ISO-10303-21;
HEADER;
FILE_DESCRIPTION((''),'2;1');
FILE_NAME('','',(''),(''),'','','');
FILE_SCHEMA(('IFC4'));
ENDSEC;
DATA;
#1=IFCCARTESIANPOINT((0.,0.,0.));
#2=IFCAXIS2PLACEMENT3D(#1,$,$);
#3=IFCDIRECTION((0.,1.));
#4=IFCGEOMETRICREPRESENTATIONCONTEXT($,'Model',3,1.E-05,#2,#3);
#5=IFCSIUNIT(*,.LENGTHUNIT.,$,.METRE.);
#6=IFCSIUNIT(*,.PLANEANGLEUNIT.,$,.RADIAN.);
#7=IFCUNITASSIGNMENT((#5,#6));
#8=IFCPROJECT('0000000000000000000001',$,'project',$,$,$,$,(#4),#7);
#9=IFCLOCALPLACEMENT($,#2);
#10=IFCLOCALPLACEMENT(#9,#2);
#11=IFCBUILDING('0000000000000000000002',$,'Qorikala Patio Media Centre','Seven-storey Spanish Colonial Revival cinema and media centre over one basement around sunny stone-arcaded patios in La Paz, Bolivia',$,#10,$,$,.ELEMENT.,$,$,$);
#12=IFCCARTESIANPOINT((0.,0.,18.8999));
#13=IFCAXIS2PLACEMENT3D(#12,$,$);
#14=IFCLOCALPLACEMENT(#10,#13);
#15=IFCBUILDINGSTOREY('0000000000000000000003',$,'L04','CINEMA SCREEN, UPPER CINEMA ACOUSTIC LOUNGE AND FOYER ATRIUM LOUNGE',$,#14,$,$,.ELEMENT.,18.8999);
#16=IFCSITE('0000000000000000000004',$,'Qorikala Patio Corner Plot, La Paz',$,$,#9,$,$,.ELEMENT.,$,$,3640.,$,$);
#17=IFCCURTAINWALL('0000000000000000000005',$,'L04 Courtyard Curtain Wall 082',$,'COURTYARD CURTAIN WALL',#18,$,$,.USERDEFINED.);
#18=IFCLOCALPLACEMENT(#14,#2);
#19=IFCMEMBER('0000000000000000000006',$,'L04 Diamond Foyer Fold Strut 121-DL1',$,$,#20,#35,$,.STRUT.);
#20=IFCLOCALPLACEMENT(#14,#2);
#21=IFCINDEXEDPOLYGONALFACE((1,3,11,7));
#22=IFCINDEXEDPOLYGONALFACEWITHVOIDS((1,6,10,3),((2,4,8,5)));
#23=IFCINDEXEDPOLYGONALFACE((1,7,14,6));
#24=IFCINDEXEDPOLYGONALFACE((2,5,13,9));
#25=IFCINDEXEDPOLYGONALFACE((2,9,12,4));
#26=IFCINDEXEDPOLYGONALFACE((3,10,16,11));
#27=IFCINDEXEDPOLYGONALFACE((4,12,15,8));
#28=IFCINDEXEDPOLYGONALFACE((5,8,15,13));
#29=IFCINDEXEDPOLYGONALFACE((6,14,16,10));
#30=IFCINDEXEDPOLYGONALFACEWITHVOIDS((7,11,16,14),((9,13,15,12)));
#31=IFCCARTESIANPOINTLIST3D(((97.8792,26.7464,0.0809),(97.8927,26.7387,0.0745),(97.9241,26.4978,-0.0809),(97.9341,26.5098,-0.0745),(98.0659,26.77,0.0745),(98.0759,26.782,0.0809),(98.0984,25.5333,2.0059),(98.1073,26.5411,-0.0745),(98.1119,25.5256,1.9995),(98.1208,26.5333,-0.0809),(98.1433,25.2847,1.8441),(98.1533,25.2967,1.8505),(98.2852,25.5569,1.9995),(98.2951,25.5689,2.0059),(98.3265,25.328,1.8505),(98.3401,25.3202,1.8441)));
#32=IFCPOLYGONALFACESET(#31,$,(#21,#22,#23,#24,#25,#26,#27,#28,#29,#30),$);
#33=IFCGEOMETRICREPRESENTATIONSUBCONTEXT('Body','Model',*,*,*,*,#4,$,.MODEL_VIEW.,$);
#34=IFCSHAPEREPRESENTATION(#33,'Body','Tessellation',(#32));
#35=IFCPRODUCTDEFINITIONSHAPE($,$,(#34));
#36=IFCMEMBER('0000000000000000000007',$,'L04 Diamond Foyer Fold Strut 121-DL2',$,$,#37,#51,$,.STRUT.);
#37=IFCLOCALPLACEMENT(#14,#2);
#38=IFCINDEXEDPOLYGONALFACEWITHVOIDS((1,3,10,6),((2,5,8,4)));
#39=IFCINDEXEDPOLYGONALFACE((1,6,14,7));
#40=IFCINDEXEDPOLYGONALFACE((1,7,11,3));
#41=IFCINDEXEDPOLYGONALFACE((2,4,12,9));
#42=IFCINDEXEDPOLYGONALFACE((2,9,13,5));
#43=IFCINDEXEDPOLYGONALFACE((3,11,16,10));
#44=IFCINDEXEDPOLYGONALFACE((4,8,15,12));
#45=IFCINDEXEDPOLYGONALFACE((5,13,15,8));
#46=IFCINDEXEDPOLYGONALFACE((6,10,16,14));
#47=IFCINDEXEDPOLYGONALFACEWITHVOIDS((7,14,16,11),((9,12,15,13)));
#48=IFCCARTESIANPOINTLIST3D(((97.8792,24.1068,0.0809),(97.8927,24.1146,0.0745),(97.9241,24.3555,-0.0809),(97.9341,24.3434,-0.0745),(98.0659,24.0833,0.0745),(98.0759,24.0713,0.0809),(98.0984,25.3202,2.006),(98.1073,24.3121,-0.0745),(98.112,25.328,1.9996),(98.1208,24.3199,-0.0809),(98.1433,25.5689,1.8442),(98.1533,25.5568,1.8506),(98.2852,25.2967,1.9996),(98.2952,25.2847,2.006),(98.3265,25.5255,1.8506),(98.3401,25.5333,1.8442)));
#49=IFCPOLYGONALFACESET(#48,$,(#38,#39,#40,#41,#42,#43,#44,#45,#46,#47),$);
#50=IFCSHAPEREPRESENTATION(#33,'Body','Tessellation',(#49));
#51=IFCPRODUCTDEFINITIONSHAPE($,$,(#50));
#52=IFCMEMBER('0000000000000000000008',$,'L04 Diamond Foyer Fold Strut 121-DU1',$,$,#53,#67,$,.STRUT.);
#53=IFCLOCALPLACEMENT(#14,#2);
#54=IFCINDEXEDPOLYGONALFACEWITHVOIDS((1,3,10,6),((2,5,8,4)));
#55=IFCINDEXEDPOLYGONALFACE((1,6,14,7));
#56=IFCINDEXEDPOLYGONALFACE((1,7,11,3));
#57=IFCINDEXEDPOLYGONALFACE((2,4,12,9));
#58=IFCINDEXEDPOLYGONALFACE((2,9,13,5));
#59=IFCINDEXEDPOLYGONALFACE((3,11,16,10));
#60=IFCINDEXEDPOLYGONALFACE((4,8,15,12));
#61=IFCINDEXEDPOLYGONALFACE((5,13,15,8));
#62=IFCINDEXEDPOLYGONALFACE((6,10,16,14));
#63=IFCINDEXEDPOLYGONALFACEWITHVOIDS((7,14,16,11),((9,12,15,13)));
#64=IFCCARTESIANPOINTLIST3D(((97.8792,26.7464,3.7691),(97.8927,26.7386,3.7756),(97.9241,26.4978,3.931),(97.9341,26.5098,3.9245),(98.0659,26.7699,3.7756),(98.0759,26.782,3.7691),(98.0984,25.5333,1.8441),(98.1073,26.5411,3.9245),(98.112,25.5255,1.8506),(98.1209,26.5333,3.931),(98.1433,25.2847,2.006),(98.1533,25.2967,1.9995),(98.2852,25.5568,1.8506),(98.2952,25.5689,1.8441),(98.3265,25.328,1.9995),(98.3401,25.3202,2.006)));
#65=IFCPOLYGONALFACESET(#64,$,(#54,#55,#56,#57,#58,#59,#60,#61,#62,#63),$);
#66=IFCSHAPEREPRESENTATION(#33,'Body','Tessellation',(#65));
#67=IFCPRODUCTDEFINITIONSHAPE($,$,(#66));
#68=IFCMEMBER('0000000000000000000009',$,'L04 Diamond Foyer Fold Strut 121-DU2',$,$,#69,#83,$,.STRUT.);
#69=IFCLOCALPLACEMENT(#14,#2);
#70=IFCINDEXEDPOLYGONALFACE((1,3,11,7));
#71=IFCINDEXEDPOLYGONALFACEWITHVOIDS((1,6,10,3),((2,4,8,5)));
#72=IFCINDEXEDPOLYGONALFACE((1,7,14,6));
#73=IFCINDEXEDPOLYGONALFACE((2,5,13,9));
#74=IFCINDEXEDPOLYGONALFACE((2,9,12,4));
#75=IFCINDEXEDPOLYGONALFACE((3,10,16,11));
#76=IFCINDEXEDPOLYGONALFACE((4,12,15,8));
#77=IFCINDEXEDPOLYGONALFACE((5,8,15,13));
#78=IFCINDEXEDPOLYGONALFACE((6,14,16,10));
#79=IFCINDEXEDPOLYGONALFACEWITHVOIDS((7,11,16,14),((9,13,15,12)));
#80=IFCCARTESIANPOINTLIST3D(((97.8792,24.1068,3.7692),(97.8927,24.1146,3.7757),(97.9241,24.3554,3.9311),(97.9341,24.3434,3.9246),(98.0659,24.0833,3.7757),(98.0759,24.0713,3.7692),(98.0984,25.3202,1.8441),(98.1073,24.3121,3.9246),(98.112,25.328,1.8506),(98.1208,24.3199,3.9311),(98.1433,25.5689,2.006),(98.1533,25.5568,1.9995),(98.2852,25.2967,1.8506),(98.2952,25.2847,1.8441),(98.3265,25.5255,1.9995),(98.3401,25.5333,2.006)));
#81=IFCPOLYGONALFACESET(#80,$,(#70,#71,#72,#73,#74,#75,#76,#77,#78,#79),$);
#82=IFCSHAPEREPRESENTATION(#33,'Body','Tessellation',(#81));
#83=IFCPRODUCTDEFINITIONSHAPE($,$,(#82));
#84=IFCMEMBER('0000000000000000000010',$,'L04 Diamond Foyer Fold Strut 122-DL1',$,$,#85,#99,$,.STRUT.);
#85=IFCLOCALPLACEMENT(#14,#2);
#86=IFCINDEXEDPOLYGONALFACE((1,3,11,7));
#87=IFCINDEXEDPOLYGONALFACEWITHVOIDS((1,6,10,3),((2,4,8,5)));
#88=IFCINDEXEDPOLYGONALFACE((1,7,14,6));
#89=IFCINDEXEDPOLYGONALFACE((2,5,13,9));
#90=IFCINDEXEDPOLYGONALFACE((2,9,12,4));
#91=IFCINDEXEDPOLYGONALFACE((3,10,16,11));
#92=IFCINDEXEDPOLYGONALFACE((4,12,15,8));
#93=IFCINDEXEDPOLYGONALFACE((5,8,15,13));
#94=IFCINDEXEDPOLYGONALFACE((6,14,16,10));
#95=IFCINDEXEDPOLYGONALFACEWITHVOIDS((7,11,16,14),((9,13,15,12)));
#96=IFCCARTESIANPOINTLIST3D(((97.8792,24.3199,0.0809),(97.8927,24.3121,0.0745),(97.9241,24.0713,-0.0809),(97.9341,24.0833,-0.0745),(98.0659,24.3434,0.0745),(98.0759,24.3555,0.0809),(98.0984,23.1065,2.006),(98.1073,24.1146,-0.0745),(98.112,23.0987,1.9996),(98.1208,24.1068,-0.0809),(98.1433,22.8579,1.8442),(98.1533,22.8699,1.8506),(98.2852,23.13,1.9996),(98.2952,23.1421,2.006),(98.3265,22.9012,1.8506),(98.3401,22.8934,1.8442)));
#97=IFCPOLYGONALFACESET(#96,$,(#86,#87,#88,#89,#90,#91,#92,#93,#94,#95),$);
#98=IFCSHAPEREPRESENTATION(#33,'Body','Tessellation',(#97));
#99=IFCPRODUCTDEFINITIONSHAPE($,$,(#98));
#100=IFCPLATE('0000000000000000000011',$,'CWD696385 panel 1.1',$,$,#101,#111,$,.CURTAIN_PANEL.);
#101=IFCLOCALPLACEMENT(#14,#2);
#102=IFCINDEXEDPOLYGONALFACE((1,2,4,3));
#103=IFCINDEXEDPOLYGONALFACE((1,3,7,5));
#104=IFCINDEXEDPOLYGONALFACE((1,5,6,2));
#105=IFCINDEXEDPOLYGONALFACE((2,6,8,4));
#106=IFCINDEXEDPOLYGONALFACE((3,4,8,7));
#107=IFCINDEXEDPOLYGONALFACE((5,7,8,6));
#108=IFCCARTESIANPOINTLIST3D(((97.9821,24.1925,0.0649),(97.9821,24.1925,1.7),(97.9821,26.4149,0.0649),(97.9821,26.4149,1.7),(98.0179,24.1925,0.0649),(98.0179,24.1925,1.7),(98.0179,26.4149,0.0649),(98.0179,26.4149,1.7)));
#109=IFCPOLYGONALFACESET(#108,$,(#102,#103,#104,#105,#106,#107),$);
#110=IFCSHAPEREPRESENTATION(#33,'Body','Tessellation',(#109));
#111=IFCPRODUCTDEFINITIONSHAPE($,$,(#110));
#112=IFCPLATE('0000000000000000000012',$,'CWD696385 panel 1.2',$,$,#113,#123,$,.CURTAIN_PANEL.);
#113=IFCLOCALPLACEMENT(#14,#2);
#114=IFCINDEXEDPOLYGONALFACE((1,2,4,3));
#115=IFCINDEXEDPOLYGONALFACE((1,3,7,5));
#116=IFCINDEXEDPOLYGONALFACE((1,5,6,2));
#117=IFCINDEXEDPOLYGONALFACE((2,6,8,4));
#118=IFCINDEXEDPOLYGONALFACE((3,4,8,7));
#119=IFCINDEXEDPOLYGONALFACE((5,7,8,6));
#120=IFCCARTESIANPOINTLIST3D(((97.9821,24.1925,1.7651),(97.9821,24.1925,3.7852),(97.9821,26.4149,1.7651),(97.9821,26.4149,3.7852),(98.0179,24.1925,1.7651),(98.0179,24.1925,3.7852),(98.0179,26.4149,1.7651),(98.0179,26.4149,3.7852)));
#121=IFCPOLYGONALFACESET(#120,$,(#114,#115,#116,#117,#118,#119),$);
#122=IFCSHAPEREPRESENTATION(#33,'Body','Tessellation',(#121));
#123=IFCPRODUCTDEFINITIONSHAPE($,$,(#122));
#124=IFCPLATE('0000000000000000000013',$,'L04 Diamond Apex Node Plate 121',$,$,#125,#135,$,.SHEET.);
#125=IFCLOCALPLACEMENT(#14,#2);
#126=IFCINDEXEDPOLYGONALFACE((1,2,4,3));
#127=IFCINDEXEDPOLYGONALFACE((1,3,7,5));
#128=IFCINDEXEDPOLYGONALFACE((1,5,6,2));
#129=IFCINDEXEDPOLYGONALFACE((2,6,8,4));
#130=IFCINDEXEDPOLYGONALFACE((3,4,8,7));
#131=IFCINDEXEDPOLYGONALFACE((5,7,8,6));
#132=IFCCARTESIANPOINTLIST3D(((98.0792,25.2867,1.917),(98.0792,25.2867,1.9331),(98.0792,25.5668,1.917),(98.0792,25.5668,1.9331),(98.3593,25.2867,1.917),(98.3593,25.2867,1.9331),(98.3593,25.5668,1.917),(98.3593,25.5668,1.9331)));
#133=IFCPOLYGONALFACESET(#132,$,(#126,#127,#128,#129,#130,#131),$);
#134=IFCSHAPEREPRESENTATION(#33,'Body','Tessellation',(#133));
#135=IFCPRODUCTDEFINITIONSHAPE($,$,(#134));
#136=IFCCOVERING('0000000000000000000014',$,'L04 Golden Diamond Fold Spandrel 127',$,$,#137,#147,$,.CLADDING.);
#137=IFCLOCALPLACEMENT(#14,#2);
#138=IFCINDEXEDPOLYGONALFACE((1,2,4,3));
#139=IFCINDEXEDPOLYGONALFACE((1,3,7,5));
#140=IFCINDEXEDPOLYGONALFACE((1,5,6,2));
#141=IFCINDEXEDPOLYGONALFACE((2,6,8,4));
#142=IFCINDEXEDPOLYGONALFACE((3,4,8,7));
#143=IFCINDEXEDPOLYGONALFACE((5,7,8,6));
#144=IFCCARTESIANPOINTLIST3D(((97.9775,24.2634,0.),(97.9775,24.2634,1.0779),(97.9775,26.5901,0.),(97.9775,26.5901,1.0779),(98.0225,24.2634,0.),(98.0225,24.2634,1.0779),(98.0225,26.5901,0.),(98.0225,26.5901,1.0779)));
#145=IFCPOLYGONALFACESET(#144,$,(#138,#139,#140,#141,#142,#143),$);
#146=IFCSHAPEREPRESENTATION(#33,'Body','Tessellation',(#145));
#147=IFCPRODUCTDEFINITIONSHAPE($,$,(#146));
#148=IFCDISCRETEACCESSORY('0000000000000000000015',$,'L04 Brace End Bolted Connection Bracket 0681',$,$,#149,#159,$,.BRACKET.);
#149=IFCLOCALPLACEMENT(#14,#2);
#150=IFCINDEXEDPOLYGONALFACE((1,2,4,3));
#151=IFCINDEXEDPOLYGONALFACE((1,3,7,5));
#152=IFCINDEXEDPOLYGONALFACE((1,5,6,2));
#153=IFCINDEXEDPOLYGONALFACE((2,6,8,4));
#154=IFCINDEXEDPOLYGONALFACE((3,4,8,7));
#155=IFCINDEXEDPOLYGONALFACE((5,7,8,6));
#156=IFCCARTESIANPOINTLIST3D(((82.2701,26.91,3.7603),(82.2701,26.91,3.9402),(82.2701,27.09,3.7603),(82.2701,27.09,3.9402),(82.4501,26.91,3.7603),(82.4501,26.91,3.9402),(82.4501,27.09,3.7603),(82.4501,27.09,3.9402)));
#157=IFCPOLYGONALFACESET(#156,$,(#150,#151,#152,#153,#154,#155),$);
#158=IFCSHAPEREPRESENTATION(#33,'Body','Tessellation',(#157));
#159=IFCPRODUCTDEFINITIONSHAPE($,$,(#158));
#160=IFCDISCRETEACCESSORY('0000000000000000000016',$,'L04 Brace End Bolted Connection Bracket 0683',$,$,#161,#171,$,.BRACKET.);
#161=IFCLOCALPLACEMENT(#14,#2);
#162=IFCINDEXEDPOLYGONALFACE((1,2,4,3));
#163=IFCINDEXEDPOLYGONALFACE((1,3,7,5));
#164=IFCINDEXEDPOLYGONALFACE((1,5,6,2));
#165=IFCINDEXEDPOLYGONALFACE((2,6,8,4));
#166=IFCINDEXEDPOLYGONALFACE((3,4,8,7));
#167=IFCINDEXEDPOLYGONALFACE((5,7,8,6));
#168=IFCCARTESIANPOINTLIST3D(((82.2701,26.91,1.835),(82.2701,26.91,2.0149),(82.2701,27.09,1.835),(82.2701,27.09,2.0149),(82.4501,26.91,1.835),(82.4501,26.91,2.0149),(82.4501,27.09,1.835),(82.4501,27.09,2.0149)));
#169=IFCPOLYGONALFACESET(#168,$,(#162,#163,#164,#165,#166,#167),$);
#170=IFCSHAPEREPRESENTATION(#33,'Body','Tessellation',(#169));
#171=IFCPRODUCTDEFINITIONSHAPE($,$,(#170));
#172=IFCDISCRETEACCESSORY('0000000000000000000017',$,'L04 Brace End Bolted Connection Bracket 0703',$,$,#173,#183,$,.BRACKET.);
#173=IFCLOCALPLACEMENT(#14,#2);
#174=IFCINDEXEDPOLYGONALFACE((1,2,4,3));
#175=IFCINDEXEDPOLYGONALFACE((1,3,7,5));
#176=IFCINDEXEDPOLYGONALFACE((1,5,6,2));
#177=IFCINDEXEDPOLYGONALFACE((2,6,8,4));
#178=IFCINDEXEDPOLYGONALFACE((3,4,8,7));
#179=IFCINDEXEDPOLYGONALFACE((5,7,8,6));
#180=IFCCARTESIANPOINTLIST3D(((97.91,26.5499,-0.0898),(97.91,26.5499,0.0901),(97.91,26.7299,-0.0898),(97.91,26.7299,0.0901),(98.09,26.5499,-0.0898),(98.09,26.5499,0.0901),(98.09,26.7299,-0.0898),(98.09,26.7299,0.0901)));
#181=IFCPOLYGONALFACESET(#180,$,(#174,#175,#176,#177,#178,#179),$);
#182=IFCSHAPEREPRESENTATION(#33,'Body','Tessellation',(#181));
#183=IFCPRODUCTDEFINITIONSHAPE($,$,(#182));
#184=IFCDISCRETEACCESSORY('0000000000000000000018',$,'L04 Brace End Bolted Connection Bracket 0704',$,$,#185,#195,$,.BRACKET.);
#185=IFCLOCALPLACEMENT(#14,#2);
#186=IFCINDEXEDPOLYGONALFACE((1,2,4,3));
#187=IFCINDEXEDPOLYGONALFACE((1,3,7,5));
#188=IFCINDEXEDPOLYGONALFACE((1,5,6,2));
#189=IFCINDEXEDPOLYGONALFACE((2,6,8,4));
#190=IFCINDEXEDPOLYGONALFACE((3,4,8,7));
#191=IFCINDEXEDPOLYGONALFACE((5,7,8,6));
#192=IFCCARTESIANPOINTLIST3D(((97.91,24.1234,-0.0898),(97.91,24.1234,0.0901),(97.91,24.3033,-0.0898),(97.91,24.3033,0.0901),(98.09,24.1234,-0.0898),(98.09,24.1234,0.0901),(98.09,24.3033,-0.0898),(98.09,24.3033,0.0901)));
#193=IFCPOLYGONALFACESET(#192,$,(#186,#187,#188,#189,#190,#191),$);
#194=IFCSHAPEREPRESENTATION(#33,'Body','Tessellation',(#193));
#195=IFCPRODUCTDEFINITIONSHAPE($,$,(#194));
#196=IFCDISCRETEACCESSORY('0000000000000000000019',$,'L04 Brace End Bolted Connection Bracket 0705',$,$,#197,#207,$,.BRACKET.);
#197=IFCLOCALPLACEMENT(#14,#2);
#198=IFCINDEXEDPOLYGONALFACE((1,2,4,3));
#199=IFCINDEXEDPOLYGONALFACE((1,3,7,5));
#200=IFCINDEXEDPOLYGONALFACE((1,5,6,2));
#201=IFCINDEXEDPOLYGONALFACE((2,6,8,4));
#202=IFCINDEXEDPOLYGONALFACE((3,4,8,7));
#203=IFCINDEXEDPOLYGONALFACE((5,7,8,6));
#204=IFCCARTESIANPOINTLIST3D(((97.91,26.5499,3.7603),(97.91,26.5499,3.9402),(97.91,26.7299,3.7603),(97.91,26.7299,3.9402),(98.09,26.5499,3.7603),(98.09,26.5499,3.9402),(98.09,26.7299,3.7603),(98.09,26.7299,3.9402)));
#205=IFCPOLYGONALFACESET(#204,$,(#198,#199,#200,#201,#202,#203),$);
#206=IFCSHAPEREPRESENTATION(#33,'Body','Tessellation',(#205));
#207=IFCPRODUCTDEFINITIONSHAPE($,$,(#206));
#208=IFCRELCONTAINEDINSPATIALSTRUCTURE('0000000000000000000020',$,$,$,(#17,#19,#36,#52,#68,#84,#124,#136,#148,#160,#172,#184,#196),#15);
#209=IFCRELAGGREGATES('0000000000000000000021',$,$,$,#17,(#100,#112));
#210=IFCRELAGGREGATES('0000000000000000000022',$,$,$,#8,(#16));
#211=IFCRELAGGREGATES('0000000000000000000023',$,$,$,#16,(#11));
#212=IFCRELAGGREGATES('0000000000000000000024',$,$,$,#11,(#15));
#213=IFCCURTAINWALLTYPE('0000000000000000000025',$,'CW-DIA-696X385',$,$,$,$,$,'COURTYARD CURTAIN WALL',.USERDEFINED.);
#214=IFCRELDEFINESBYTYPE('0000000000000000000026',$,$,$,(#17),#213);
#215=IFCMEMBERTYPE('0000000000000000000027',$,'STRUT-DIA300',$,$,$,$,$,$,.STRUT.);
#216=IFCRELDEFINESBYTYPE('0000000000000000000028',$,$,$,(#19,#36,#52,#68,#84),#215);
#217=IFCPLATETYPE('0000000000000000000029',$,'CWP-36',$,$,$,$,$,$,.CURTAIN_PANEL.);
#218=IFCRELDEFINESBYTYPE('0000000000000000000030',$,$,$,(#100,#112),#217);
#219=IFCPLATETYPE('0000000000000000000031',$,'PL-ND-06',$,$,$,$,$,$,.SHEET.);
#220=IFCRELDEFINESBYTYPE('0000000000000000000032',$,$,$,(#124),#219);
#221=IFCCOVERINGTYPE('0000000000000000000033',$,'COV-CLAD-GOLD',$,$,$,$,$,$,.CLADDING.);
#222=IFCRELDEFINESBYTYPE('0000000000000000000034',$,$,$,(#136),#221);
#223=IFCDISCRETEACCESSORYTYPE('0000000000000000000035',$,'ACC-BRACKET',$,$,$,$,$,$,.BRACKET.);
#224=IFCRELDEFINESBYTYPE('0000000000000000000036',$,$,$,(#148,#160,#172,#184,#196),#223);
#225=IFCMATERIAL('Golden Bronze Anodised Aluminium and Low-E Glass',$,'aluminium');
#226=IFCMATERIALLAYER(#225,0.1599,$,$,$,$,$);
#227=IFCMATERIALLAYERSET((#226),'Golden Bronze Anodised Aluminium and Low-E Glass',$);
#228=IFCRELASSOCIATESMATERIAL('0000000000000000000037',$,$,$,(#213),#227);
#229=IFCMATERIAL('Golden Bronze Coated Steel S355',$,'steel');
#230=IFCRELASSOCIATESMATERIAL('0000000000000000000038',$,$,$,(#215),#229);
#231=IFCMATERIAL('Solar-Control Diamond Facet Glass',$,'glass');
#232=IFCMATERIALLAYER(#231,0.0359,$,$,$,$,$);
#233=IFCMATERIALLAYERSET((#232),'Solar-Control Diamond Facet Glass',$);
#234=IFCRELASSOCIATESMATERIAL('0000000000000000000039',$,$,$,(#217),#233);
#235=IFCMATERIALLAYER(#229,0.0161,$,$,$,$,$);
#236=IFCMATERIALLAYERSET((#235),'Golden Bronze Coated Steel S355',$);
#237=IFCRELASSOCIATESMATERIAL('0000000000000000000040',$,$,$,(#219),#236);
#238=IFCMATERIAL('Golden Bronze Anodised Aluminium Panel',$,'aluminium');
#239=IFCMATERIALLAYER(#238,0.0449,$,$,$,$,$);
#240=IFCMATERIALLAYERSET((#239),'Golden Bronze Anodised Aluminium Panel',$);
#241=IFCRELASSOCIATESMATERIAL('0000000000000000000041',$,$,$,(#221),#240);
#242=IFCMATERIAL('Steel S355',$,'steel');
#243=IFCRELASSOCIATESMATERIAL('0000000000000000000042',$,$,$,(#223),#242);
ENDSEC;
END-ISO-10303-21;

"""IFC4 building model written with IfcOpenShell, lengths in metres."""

from ifc_helpers import new_model, si_unit, direction, frame, origin, origin_2d, place, context, subcontext, project, spatial, rectangle, hollow_rectangle, extrude, material, layer, layer_set, material_profile, profile_set, type_object, element, aggregate, save


model = new_model("IFC4")

# Units and contexts
model_context = context("Model", 3, precision=1e-05, world=origin(), true_north=direction((0.0, 1.0)))
body_context = subcontext(model_context, "Body", "Model", "MODEL_VIEW")
ifc_project = project(units=[si_unit("LENGTHUNIT", "METRE"), si_unit("PLANEANGLEUNIT", "RADIAN")], contexts=[model_context])

# Site, building, storey
site_placement = place(None, origin())
site = spatial("IfcSite", under=ifc_project, at=site_placement, Name="Qorikala Patio Corner Plot, La Paz", CompositionType="ELEMENT", RefElevation=3640.0)
building_placement = place(site_placement, origin())
building = spatial("IfcBuilding", under=site, at=building_placement, Name="Qorikala Patio Media Centre", Description="Seven-storey Spanish Colonial Revival cinema and media centre over one basement around sunny stone-arcaded patios in La Paz, Bolivia", CompositionType="ELEMENT")
storey_placement = place(building_placement, frame((0.0, 0.0, 18.8999)))
storey = spatial("IfcBuildingStorey", under=building, at=storey_placement, Name="L04", Description="CINEMA SCREEN, UPPER CINEMA ACOUSTIC LOUNGE AND FOYER ATRIUM LOUNGE", CompositionType="ELEMENT", Elevation=18.8999)

# Shared definitions
ifc_material_1 = material(Name="Golden Bronze Coated Steel S355", Category="steel")

# Shared definitions
ifc_material_2 = material(Name="Golden Bronze Anodised Aluminium and Low-E Glass", Category="aluminium")
ifc_layer_1 = layer(ifc_material_2, 0.1599)
ifc_layer_set_1 = layer_set([ifc_layer_1], Name="Golden Bronze Anodised Aluminium and Low-E Glass")
curtain_wall_type = type_object("IfcCurtainWallType", Name="CW-DIA-696X385", ElementType="COURTYARD CURTAIN WALL", PredefinedType="USERDEFINED", material=ifc_layer_set_1)

# Curtain wall
curtain_wall_1_placement = place(storey_placement, origin())
curtain_wall_1 = element("IfcCurtainWall", 1, at=curtain_wall_1_placement, inside=storey, type_object=curtain_wall_type, Name="L04 Courtyard Curtain Wall 082", ObjectType="COURTYARD CURTAIN WALL", PredefinedType="USERDEFINED")

# Members
ifc_material_profile_1 = material_profile(ifc_material_1, hollow_rectangle(XDim=0.2, YDim=0.3, WallThickness=0.012, at=origin_2d()), Name="HSS300X200X12")
ifc_profile_set_1 = profile_set([ifc_material_profile_1], Name="Golden Bronze Coated Steel S355")
member_type_1 = type_object("IfcMemberType", Name="STRUT-DIA300", PredefinedType="STRUT", material=ifc_profile_set_1)
member_1_placement = place(storey_placement, frame((98.0, 26.6399, 0.0), z_axis=(0.095907, -0.530691, 0.842121), x_axis=(0.984059, 0.17784, 0.0)))
element("IfcMember", 2, at=member_1_placement, inside=storey, type_object=member_type_1, Name="L04 Diamond Foyer Fold Strut 121-DL1", PredefinedType="STRUT", context=body_context, shape_type="SweptSolid", body=[
    extrude(hollow_rectangle(XDim=0.2, YDim=0.3, WallThickness=0.012, at=origin_2d()), origin(), (0.0, 0.0, 1.0), 2.2859),
])
member_2_placement = place(storey_placement, frame((98.0, 24.2134, 0.0), z_axis=(0.095901, 0.530768, 0.842074), x_axis=(-0.984066, 0.177805, 0.0)))
element("IfcMember", 3, at=member_2_placement, inside=storey, type_object=member_type_1, Name="L04 Diamond Foyer Fold Strut 121-DL2", PredefinedType="STRUT", context=body_context, shape_type="SweptSolid", body=[
    extrude(hollow_rectangle(XDim=0.2, YDim=0.3, WallThickness=0.012, at=origin_2d()), origin(), (0.0, 0.0, 1.0), 2.2861),
])
member_3_placement = place(storey_placement, frame((98.2192, 25.4268, 1.925), z_axis=(-0.095907, 0.530691, 0.842121), x_axis=(-0.984059, -0.17784, 0.0)))
element("IfcMember", 4, at=member_3_placement, inside=storey, type_object=member_type_1, Name="L04 Diamond Foyer Fold Strut 121-DU1", PredefinedType="STRUT", context=body_context, shape_type="SweptSolid", body=[
    extrude(hollow_rectangle(XDim=0.2, YDim=0.3, WallThickness=0.012, at=origin_2d()), origin(), (0.0, 0.0, 1.0), 2.2859),
])
for number, where, z_axis, x_axis, name in (
    (5, (98.2192, 25.4268, 1.925), (-0.095901, -0.530768, 0.842074), (0.984066, -0.177805, 0.0), "L04 Diamond Foyer Fold Strut 121-DU2"),
    (6, (98.0, 24.2134, 0.0), (0.095901, -0.530768, 0.842074), (0.984066, 0.177805, 0.0), "L04 Diamond Foyer Fold Strut 122-DL1"),
):
    element("IfcMember", number, at=place(storey_placement, frame(where, z_axis=z_axis, x_axis=x_axis)), inside=storey, type_object=member_type_1, Name=name, PredefinedType="STRUT", context=body_context, shape_type="SweptSolid", body=[
        extrude(hollow_rectangle(XDim=0.2, YDim=0.3, WallThickness=0.012, at=origin_2d()), origin(), (0.0, 0.0, 1.0), 2.2861),
    ])

# Plates
ifc_material_3 = material(Name="Solar-Control Diamond Facet Glass", Category="glass")
ifc_layer_2 = layer(ifc_material_3, 0.0359)
ifc_layer_set_2 = layer_set([ifc_layer_2], Name="Solar-Control Diamond Facet Glass")
plate_type_1 = type_object("IfcPlateType", Name="CWP-36", PredefinedType="CURTAIN_PANEL", material=ifc_layer_set_2)
plate_1_placement = place(storey_placement, frame((98.0, 25.3037, 0.0649), z_axis=(0.0, 0.0, 1.0), x_axis=(0.0, -1.0, 0.0)))
plate_1 = element("IfcPlate", 7, at=plate_1_placement, type_object=plate_type_1, Name="CWD696385 panel 1.1", PredefinedType="CURTAIN_PANEL", context=body_context, shape_type="SweptSolid", body=[
    extrude(rectangle(XDim=2.2224, YDim=0.0359, at=origin_2d()), origin(), (0.0, 0.0, 1.0), 1.635),
])
plate_2_placement = place(storey_placement, frame((98.0, 25.3037, 1.7651), z_axis=(0.0, 0.0, 1.0), x_axis=(0.0, -1.0, 0.0)))
plate_2 = element("IfcPlate", 8, at=plate_2_placement, type_object=plate_type_1, Name="CWD696385 panel 1.2", PredefinedType="CURTAIN_PANEL", context=body_context, shape_type="SweptSolid", body=[
    extrude(rectangle(XDim=2.2224, YDim=0.0359, at=origin_2d()), origin(), (0.0, 0.0, 1.0), 2.02),
])
aggregate(curtain_wall_1, [plate_1, plate_2])
ifc_layer_3 = layer(ifc_material_1, 0.0161)
ifc_layer_set_3 = layer_set([ifc_layer_3], Name="Golden Bronze Coated Steel S355")
plate_type_2 = type_object("IfcPlateType", Name="PL-ND-06", PredefinedType="SHEET", material=ifc_layer_set_3)
plate_3_placement = place(storey_placement, frame((98.2192, 25.4268, 1.917), z_axis=(0.0, 0.0, 1.0), x_axis=(0.0, -1.0, 0.0)))
element("IfcPlate", 9, at=plate_3_placement, inside=storey, type_object=plate_type_2, Name="L04 Diamond Apex Node Plate 121", PredefinedType="SHEET", context=body_context, shape_type="SweptSolid", body=[
    extrude(rectangle(XDim=0.28, YDim=0.28, at=origin_2d()), origin(), (0.0, 0.0, 1.0), 0.0161),
])

# Covering
ifc_material_4 = material(Name="Golden Bronze Anodised Aluminium Panel", Category="aluminium")
ifc_layer_4 = layer(ifc_material_4, 0.0449)
ifc_layer_set_4 = layer_set([ifc_layer_4], Name="Golden Bronze Anodised Aluminium Panel")
covering_type = type_object("IfcCoveringType", Name="COV-CLAD-GOLD", PredefinedType="CLADDING", material=ifc_layer_set_4)
covering_placement = place(storey_placement, frame((98.0, 25.4268, 0.0), z_axis=(0.0, 0.0, 1.0), x_axis=(0.0, -1.0, 0.0)))
element("IfcCovering", 10, at=covering_placement, inside=storey, type_object=covering_type, Name="L04 Golden Diamond Fold Spandrel 127", PredefinedType="CLADDING", context=body_context, shape_type="SweptSolid", body=[
    extrude(rectangle(XDim=2.3267, YDim=0.0449, at=origin_2d()), origin(), (0.0, 0.0, 1.0), 1.0779),
])

# Discrete accessories
ifc_material_5 = material(Name="Steel S355", Category="steel")
discrete_accessory_type = type_object("IfcDiscreteAccessoryType", Name="ACC-BRACKET", PredefinedType="BRACKET", material=ifc_material_5)
for number, where, z_axis, x_axis, name in (
    (11, (82.3601, 27.0, 3.7603), (0.0, 0.0, 1.0), (1.0, 0.0, 0.0), "L04 Brace End Bolted Connection Bracket 0681"),
    (12, (82.3601, 27.0, 1.835), (0.0, 0.0, 1.0), (1.0, 0.0, 0.0), "L04 Brace End Bolted Connection Bracket 0683"),
    (13, (98.0, 26.6399, -0.0898), (0.0, 0.0, 1.0), (1.0, 0.0, 0.0), "L04 Brace End Bolted Connection Bracket 0703"),
    (14, (98.0, 24.2134, -0.0898), (0.0, 0.0, 1.0), (1.0, 0.0, 0.0), "L04 Brace End Bolted Connection Bracket 0704"),
    (15, (98.0, 26.6399, 3.7603), (0.0, 0.0, 1.0), (1.0, 0.0, 0.0), "L04 Brace End Bolted Connection Bracket 0705"),
):
    element("IfcDiscreteAccessory", number, at=place(storey_placement, frame(where, z_axis=z_axis, x_axis=x_axis)), inside=storey, type_object=discrete_accessory_type, Name=name, PredefinedType="BRACKET", context=body_context, shape_type="SweptSolid", body=[
        extrude(rectangle(XDim=0.1799, YDim=0.1799, at=origin_2d()), origin(), (0.0, 0.0, 1.0), 0.1799),
    ])

save(model, "model.ifc")
